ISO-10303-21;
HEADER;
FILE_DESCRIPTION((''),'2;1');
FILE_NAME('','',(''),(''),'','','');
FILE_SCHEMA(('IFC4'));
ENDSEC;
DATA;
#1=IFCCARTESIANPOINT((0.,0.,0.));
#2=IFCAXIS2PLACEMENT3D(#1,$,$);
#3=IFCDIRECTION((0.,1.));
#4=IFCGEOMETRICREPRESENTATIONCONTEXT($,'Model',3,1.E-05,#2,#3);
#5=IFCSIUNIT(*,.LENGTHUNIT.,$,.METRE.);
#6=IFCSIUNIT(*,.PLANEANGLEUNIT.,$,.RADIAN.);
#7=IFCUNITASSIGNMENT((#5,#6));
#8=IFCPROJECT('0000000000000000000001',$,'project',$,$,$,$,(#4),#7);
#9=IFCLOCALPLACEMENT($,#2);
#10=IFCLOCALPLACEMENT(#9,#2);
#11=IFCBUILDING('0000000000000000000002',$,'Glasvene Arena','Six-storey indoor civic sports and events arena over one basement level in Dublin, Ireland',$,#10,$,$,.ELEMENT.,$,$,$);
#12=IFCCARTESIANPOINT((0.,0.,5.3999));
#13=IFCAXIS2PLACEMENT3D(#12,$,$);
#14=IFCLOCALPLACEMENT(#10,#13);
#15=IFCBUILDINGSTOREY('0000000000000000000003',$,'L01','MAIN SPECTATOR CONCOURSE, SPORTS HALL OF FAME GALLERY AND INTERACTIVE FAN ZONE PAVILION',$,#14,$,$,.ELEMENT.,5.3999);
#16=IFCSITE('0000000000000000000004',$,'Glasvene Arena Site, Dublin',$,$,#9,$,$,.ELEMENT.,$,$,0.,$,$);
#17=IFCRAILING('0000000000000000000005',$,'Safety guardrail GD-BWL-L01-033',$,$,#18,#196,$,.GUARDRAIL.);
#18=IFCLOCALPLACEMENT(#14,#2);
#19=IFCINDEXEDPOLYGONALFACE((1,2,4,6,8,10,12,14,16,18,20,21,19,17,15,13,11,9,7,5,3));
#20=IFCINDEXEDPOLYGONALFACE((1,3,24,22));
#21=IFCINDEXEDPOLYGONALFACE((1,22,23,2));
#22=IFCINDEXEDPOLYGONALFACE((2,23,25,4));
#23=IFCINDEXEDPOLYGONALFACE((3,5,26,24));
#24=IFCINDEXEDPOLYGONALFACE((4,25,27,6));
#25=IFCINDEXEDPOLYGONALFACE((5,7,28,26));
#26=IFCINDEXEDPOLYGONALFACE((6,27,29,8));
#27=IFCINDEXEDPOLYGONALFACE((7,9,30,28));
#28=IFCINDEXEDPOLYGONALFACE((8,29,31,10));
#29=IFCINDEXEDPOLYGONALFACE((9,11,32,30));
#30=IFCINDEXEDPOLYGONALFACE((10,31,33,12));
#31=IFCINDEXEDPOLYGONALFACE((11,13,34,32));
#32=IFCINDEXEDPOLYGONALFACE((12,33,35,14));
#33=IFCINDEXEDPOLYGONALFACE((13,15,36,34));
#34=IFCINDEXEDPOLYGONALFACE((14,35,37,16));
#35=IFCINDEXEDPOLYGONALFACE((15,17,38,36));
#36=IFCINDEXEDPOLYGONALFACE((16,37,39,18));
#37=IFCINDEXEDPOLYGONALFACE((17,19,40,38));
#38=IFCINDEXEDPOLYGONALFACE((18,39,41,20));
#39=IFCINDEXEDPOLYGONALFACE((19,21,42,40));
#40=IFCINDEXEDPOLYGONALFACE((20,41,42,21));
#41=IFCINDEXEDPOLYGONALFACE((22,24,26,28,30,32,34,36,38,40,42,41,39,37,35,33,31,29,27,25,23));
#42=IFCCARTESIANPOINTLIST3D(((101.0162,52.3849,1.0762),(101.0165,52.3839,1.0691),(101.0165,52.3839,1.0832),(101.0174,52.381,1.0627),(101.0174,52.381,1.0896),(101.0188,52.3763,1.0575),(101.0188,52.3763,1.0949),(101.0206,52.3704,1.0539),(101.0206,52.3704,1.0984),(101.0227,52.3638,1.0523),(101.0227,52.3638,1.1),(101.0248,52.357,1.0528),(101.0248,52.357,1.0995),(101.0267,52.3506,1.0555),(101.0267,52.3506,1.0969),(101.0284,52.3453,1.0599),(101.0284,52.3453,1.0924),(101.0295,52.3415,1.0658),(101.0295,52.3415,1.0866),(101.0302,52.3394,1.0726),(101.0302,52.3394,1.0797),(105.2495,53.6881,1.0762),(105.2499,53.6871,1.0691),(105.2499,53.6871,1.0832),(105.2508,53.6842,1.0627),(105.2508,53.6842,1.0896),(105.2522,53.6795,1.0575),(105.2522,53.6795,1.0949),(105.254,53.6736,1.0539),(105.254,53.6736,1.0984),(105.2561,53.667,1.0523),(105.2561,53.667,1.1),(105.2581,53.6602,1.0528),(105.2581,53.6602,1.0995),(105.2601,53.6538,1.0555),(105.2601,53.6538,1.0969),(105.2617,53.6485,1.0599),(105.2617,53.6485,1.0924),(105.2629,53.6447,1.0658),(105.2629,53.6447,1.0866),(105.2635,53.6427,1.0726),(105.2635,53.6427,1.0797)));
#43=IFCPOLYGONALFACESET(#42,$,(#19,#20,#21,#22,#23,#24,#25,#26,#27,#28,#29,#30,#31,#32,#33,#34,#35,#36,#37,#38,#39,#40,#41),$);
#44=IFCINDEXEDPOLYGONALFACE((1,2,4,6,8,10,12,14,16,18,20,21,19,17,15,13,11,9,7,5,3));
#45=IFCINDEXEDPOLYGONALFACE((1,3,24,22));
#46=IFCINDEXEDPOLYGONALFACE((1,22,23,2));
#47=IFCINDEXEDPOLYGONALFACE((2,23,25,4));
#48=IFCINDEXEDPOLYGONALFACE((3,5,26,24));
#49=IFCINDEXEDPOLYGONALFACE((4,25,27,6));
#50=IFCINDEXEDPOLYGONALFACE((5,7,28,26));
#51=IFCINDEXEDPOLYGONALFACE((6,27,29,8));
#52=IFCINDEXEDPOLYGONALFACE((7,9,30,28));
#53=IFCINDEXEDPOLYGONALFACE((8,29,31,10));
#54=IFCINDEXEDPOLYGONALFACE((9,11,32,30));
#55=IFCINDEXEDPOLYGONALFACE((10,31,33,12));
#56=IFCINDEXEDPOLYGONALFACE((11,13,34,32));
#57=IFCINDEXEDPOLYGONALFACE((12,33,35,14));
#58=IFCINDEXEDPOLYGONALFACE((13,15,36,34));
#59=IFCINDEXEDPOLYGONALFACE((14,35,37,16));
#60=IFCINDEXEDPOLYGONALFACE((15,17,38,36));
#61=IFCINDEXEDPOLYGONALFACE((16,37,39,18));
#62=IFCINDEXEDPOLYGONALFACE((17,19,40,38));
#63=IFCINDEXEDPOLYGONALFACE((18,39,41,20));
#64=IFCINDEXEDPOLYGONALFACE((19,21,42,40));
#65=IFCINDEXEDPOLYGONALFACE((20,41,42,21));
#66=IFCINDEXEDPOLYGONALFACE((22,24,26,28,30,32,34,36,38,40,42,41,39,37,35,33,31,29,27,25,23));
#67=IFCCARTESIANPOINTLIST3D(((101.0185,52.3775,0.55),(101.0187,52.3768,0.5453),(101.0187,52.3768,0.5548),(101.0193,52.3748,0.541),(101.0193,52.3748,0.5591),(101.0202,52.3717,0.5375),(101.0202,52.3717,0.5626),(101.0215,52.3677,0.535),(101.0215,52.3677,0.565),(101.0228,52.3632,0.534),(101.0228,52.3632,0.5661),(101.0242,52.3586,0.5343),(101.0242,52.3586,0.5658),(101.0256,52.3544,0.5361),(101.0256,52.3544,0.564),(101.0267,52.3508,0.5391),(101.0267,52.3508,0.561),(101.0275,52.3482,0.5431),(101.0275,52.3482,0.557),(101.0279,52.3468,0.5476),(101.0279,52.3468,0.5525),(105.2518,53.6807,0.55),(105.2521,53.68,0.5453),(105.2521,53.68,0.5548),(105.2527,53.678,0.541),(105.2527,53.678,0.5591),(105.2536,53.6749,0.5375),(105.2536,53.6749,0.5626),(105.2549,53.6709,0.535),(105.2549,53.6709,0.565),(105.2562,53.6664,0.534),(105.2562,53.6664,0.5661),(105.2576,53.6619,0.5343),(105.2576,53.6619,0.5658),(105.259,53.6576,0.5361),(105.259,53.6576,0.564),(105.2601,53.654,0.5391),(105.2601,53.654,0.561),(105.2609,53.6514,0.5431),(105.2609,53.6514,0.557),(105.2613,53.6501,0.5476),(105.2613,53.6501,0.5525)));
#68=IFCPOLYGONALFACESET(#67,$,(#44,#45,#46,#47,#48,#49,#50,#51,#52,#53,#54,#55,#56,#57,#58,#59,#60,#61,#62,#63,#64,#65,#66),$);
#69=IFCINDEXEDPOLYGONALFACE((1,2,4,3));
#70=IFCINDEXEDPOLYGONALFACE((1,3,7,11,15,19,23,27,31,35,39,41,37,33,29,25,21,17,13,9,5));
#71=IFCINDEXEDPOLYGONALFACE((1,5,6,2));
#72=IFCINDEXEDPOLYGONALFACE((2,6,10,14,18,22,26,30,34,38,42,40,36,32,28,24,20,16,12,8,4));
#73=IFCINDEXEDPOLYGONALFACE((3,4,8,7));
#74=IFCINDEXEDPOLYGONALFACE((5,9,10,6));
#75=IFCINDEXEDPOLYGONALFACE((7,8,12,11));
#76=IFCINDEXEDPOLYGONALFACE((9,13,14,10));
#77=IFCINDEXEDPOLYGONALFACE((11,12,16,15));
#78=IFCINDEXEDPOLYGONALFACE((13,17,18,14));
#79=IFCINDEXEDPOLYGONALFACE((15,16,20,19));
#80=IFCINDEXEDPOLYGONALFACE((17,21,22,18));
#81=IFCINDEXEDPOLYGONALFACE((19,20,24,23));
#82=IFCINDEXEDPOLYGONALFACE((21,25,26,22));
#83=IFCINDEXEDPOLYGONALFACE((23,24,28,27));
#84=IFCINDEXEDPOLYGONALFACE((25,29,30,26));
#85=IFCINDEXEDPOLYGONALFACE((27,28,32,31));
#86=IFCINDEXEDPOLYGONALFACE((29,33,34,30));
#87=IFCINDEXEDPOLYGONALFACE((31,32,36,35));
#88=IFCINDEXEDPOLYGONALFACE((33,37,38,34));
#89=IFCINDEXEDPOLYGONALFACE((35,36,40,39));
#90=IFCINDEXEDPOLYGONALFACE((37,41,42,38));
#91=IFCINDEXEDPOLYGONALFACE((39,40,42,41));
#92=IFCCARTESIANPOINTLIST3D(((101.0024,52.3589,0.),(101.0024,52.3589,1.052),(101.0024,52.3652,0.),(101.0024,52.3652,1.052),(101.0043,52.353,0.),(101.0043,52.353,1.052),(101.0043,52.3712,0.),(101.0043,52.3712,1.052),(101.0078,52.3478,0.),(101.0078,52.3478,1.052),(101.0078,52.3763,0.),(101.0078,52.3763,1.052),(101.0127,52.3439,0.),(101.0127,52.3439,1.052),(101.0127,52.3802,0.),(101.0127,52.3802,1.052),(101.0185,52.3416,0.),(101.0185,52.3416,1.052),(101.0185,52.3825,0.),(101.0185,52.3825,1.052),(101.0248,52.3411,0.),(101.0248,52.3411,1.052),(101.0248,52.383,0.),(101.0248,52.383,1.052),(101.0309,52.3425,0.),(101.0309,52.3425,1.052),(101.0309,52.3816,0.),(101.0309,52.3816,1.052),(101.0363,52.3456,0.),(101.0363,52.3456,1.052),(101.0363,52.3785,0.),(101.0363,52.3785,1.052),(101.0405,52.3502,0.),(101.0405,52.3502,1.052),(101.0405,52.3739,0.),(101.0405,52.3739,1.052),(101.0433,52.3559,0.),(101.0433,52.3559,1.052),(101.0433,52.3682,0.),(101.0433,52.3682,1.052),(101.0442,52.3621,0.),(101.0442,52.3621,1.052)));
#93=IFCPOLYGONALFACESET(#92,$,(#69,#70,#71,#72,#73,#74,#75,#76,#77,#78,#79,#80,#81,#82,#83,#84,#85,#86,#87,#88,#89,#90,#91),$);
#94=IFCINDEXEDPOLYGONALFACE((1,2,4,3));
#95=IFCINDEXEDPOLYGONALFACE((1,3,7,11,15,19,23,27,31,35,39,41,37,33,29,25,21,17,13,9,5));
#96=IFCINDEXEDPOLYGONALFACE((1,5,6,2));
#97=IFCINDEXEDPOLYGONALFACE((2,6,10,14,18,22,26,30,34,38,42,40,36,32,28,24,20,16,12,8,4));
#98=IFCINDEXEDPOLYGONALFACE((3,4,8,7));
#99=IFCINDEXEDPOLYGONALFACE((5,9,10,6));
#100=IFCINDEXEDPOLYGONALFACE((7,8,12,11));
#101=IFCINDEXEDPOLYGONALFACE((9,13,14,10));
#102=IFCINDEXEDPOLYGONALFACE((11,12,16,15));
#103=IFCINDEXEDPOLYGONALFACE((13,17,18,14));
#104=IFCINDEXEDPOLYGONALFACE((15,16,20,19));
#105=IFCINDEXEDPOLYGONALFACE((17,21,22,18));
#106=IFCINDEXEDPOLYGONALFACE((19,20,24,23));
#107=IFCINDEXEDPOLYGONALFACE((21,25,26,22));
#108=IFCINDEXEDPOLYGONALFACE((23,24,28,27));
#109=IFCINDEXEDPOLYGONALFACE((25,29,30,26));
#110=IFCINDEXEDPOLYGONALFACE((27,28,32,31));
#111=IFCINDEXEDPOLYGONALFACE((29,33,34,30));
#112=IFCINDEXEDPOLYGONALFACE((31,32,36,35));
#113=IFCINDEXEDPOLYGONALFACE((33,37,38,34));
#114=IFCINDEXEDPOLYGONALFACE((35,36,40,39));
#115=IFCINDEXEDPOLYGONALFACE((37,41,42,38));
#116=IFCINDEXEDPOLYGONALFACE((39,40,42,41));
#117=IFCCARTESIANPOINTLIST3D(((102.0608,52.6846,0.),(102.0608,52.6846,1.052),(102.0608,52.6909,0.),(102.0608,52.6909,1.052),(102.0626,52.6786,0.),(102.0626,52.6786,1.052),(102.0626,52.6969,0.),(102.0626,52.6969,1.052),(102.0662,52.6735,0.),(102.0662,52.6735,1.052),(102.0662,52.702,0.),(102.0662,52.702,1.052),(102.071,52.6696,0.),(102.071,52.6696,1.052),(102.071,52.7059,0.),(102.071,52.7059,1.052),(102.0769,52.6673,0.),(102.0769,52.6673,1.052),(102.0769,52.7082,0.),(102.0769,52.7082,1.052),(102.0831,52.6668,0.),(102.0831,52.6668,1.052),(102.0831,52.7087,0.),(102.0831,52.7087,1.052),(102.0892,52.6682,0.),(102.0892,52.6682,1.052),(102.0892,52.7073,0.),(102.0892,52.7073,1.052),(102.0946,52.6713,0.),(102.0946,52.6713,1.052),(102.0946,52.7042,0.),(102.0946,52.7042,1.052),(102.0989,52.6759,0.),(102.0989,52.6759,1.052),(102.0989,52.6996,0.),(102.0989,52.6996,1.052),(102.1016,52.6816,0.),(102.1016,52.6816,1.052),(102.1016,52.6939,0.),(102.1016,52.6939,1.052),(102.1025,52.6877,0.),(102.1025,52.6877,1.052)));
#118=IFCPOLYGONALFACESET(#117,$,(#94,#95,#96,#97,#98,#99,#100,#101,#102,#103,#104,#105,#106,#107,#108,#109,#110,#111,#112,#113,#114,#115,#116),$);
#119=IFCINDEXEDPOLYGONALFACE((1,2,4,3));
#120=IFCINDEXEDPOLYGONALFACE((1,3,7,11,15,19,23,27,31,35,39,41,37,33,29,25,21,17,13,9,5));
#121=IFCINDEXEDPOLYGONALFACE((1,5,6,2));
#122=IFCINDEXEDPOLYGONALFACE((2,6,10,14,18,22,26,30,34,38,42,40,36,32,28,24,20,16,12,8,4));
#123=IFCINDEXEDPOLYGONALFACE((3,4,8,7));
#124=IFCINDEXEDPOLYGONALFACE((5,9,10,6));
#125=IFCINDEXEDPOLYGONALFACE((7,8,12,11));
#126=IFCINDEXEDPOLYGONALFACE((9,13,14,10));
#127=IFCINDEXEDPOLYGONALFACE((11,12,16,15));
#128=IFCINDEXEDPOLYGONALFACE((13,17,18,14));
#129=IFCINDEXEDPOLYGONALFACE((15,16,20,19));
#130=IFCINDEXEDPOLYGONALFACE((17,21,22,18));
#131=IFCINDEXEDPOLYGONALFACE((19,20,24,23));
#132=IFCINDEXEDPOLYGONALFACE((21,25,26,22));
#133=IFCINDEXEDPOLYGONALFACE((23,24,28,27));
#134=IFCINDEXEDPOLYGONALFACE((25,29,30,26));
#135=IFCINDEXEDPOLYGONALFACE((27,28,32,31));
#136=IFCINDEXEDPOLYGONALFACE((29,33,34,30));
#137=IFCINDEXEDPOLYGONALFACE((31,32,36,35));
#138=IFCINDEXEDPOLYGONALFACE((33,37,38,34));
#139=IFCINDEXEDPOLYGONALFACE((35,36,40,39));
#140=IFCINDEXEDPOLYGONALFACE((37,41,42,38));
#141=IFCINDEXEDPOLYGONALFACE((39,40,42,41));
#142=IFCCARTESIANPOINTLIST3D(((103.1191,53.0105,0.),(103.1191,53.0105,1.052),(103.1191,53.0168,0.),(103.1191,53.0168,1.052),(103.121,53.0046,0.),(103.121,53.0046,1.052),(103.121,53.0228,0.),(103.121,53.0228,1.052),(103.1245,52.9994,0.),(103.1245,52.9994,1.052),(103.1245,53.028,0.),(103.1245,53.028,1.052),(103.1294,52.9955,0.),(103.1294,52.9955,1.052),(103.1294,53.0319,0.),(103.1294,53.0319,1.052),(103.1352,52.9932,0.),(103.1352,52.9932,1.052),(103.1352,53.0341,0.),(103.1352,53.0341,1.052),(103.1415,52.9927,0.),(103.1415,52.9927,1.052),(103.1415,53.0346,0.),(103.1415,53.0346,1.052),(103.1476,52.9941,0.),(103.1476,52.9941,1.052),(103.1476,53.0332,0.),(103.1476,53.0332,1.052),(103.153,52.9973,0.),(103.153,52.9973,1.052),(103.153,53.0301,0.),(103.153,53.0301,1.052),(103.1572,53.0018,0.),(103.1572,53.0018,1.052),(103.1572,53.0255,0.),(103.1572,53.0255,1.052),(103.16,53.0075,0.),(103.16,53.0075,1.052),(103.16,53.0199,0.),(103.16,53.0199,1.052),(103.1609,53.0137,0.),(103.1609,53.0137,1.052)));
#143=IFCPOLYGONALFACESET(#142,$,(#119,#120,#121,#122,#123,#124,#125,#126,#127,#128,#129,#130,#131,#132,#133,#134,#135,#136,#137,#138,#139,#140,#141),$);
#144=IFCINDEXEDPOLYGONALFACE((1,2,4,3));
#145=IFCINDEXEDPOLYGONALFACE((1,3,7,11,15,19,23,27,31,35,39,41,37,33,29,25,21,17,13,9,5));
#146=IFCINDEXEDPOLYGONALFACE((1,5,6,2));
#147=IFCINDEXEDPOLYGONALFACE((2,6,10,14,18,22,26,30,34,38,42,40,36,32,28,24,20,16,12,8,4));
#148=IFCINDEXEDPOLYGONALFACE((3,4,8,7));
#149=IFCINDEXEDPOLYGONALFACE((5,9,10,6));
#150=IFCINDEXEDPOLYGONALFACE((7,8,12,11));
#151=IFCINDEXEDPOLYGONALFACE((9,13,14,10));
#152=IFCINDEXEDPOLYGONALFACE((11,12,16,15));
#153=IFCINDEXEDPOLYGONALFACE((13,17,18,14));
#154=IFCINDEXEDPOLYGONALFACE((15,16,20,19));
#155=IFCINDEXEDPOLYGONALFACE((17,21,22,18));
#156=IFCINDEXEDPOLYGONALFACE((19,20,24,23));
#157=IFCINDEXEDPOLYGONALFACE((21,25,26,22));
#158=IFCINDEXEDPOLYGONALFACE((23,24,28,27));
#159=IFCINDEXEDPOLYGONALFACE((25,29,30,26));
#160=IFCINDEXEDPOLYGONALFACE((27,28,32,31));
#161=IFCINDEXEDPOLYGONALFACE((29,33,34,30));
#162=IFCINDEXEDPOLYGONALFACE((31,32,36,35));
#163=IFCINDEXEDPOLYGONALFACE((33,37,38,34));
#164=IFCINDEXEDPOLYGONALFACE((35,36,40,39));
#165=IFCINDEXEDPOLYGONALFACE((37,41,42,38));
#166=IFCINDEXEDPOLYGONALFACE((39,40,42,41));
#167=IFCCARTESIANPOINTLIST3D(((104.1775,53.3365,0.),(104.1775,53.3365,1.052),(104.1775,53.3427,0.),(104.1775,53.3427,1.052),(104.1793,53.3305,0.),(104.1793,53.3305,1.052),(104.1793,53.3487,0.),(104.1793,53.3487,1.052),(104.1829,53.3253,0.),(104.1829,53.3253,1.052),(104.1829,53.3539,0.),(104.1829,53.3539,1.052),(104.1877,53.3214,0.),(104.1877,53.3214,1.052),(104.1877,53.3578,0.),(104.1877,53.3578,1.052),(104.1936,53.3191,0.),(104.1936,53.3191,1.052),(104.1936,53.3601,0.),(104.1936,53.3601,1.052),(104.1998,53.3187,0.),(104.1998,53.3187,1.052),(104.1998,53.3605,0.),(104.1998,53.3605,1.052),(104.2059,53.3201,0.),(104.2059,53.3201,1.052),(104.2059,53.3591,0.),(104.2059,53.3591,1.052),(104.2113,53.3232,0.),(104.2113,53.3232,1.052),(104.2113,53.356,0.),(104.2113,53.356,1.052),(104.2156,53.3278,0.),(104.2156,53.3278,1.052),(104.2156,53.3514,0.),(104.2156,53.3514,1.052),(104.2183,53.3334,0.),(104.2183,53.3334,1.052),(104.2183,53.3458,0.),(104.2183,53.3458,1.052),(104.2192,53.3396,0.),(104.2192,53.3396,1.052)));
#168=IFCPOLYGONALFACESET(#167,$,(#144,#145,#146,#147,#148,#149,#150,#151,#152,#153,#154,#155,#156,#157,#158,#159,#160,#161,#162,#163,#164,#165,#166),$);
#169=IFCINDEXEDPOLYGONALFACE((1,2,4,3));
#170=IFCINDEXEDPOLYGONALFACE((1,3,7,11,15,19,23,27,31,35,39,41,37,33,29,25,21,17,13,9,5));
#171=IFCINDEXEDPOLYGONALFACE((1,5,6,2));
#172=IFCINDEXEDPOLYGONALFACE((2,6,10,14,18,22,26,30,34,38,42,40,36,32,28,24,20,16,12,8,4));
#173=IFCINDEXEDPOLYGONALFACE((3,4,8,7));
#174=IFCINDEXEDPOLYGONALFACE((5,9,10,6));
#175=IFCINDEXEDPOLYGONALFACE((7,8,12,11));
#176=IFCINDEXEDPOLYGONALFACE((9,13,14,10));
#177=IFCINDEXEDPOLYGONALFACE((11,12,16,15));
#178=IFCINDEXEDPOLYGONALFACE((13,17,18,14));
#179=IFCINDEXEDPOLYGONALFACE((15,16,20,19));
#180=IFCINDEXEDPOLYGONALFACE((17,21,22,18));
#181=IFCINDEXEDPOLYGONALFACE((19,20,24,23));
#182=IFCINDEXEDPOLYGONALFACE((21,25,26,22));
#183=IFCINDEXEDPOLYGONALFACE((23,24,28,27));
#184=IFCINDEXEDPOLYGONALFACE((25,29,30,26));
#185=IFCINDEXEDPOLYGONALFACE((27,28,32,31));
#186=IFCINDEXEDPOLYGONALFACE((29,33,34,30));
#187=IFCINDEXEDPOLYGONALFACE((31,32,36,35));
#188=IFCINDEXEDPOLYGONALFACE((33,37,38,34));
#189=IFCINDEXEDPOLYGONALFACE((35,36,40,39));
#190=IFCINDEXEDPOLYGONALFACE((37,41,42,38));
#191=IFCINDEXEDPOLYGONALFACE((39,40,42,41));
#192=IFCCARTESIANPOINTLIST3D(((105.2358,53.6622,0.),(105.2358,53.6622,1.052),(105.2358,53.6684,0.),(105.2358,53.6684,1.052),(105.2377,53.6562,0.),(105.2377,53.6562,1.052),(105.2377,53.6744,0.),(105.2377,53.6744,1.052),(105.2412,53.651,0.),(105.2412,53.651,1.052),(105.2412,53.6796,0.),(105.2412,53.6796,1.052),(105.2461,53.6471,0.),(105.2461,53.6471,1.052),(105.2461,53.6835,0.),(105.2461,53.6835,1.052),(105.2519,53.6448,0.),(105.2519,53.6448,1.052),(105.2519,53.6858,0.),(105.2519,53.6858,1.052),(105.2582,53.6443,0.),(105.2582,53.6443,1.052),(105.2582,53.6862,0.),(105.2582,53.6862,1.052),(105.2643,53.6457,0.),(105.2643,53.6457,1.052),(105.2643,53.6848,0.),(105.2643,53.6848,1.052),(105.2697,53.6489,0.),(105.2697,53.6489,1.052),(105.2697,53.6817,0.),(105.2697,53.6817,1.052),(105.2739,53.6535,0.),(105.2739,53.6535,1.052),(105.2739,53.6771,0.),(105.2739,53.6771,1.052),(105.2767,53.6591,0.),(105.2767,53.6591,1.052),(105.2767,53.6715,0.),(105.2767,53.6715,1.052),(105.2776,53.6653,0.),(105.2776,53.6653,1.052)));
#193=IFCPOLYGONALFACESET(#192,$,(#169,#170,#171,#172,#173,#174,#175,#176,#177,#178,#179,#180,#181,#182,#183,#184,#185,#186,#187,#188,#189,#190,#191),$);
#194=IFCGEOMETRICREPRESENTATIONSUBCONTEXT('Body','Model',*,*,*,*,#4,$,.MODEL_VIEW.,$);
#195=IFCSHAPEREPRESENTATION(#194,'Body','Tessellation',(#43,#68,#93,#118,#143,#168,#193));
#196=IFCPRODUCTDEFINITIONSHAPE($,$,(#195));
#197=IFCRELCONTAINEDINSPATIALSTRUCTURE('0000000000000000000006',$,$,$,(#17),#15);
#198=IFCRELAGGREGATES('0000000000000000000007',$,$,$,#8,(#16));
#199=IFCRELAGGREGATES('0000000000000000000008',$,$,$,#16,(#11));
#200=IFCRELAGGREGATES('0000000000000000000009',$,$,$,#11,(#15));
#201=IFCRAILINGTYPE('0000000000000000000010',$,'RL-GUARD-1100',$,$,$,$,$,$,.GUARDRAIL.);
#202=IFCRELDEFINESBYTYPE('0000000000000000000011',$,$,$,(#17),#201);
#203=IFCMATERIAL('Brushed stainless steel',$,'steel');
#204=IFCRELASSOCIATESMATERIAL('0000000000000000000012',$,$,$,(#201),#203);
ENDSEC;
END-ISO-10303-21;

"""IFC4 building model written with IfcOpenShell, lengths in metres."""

from ifc_helpers import new_model, si_unit, direction, frame, origin, origin_2d, place, context, subcontext, project, spatial, circle, extrude, material, type_object, element, save


model = new_model("IFC4")

# Units and contexts
model_context = context("Model", 3, precision=1e-05, world=origin(), true_north=direction((0.0, 1.0)))
body_context = subcontext(model_context, "Body", "Model", "MODEL_VIEW")
ifc_project = project(units=[si_unit("LENGTHUNIT", "METRE"), si_unit("PLANEANGLEUNIT", "RADIAN")], contexts=[model_context])

# Site, building, storey
site_placement = place(None, origin())
site = spatial("IfcSite", under=ifc_project, at=site_placement, Name="Glasvene Arena Site, Dublin", CompositionType="ELEMENT", RefElevation=0.0)
building_placement = place(site_placement, origin())
building = spatial("IfcBuilding", under=site, at=building_placement, Name="Glasvene Arena", Description="Six-storey indoor civic sports and events arena over one basement level in Dublin, Ireland", CompositionType="ELEMENT")
storey_placement = place(building_placement, frame((0.0, 0.0, 5.3999)))
storey = spatial("IfcBuildingStorey", under=building, at=storey_placement, Name="L01", Description="MAIN SPECTATOR CONCOURSE, SPORTS HALL OF FAME GALLERY AND INTERACTIVE FAN ZONE PAVILION", CompositionType="ELEMENT", Elevation=5.3999)

# Railing
ifc_material_1 = material(Name="Brushed stainless steel", Category="steel")
railing_type = type_object("IfcRailingType", Name="RL-GUARD-1100", PredefinedType="GUARDRAIL", material=ifc_material_1)
railing_1_placement = place(storey_placement, frame((101.0232, 52.3621, 0.0)))
element("IfcRailing", 1, at=railing_1_placement, inside=storey, type_object=railing_type, Name="Safety guardrail GD-BWL-L01-033", PredefinedType="GUARDRAIL", context=body_context, shape_type="SweptSolid", body=[
    extrude(circle(Radius=0.0239, at=origin_2d()), frame((0.0, 0.0, 1.0762), z_axis=(0.955738, 0.294218, 0.0), x_axis=(-0.294218, 0.955738, 0.0)), (0.0, 0.0, 1.0), 4.4294),
    extrude(circle(Radius=0.0161, at=origin_2d()), frame((0.0, 0.0, 0.55), z_axis=(0.955738, 0.294218, 0.0), x_axis=(-0.294218, 0.955738, 0.0)), (0.0, 0.0, 1.0), 4.4294),
    extrude(circle(Radius=0.021, at=origin_2d()), origin(), (0.0, 0.0, 1.0), 1.052),
    extrude(circle(Radius=0.021, at=origin_2d()), frame((1.0583, 0.3257, 0.0)), (0.0, 0.0, 1.0), 1.052),
    extrude(circle(Radius=0.021, at=origin_2d()), frame((2.1167, 0.6516, 0.0)), (0.0, 0.0, 1.0), 1.052),
    extrude(circle(Radius=0.021, at=origin_2d()), frame((3.175, 0.9775, 0.0)), (0.0, 0.0, 1.0), 1.052),
    extrude(circle(Radius=0.021, at=origin_2d()), frame((4.2334, 1.3032, 0.0)), (0.0, 0.0, 1.0), 1.052),
])

save(model, "model.ifc")
